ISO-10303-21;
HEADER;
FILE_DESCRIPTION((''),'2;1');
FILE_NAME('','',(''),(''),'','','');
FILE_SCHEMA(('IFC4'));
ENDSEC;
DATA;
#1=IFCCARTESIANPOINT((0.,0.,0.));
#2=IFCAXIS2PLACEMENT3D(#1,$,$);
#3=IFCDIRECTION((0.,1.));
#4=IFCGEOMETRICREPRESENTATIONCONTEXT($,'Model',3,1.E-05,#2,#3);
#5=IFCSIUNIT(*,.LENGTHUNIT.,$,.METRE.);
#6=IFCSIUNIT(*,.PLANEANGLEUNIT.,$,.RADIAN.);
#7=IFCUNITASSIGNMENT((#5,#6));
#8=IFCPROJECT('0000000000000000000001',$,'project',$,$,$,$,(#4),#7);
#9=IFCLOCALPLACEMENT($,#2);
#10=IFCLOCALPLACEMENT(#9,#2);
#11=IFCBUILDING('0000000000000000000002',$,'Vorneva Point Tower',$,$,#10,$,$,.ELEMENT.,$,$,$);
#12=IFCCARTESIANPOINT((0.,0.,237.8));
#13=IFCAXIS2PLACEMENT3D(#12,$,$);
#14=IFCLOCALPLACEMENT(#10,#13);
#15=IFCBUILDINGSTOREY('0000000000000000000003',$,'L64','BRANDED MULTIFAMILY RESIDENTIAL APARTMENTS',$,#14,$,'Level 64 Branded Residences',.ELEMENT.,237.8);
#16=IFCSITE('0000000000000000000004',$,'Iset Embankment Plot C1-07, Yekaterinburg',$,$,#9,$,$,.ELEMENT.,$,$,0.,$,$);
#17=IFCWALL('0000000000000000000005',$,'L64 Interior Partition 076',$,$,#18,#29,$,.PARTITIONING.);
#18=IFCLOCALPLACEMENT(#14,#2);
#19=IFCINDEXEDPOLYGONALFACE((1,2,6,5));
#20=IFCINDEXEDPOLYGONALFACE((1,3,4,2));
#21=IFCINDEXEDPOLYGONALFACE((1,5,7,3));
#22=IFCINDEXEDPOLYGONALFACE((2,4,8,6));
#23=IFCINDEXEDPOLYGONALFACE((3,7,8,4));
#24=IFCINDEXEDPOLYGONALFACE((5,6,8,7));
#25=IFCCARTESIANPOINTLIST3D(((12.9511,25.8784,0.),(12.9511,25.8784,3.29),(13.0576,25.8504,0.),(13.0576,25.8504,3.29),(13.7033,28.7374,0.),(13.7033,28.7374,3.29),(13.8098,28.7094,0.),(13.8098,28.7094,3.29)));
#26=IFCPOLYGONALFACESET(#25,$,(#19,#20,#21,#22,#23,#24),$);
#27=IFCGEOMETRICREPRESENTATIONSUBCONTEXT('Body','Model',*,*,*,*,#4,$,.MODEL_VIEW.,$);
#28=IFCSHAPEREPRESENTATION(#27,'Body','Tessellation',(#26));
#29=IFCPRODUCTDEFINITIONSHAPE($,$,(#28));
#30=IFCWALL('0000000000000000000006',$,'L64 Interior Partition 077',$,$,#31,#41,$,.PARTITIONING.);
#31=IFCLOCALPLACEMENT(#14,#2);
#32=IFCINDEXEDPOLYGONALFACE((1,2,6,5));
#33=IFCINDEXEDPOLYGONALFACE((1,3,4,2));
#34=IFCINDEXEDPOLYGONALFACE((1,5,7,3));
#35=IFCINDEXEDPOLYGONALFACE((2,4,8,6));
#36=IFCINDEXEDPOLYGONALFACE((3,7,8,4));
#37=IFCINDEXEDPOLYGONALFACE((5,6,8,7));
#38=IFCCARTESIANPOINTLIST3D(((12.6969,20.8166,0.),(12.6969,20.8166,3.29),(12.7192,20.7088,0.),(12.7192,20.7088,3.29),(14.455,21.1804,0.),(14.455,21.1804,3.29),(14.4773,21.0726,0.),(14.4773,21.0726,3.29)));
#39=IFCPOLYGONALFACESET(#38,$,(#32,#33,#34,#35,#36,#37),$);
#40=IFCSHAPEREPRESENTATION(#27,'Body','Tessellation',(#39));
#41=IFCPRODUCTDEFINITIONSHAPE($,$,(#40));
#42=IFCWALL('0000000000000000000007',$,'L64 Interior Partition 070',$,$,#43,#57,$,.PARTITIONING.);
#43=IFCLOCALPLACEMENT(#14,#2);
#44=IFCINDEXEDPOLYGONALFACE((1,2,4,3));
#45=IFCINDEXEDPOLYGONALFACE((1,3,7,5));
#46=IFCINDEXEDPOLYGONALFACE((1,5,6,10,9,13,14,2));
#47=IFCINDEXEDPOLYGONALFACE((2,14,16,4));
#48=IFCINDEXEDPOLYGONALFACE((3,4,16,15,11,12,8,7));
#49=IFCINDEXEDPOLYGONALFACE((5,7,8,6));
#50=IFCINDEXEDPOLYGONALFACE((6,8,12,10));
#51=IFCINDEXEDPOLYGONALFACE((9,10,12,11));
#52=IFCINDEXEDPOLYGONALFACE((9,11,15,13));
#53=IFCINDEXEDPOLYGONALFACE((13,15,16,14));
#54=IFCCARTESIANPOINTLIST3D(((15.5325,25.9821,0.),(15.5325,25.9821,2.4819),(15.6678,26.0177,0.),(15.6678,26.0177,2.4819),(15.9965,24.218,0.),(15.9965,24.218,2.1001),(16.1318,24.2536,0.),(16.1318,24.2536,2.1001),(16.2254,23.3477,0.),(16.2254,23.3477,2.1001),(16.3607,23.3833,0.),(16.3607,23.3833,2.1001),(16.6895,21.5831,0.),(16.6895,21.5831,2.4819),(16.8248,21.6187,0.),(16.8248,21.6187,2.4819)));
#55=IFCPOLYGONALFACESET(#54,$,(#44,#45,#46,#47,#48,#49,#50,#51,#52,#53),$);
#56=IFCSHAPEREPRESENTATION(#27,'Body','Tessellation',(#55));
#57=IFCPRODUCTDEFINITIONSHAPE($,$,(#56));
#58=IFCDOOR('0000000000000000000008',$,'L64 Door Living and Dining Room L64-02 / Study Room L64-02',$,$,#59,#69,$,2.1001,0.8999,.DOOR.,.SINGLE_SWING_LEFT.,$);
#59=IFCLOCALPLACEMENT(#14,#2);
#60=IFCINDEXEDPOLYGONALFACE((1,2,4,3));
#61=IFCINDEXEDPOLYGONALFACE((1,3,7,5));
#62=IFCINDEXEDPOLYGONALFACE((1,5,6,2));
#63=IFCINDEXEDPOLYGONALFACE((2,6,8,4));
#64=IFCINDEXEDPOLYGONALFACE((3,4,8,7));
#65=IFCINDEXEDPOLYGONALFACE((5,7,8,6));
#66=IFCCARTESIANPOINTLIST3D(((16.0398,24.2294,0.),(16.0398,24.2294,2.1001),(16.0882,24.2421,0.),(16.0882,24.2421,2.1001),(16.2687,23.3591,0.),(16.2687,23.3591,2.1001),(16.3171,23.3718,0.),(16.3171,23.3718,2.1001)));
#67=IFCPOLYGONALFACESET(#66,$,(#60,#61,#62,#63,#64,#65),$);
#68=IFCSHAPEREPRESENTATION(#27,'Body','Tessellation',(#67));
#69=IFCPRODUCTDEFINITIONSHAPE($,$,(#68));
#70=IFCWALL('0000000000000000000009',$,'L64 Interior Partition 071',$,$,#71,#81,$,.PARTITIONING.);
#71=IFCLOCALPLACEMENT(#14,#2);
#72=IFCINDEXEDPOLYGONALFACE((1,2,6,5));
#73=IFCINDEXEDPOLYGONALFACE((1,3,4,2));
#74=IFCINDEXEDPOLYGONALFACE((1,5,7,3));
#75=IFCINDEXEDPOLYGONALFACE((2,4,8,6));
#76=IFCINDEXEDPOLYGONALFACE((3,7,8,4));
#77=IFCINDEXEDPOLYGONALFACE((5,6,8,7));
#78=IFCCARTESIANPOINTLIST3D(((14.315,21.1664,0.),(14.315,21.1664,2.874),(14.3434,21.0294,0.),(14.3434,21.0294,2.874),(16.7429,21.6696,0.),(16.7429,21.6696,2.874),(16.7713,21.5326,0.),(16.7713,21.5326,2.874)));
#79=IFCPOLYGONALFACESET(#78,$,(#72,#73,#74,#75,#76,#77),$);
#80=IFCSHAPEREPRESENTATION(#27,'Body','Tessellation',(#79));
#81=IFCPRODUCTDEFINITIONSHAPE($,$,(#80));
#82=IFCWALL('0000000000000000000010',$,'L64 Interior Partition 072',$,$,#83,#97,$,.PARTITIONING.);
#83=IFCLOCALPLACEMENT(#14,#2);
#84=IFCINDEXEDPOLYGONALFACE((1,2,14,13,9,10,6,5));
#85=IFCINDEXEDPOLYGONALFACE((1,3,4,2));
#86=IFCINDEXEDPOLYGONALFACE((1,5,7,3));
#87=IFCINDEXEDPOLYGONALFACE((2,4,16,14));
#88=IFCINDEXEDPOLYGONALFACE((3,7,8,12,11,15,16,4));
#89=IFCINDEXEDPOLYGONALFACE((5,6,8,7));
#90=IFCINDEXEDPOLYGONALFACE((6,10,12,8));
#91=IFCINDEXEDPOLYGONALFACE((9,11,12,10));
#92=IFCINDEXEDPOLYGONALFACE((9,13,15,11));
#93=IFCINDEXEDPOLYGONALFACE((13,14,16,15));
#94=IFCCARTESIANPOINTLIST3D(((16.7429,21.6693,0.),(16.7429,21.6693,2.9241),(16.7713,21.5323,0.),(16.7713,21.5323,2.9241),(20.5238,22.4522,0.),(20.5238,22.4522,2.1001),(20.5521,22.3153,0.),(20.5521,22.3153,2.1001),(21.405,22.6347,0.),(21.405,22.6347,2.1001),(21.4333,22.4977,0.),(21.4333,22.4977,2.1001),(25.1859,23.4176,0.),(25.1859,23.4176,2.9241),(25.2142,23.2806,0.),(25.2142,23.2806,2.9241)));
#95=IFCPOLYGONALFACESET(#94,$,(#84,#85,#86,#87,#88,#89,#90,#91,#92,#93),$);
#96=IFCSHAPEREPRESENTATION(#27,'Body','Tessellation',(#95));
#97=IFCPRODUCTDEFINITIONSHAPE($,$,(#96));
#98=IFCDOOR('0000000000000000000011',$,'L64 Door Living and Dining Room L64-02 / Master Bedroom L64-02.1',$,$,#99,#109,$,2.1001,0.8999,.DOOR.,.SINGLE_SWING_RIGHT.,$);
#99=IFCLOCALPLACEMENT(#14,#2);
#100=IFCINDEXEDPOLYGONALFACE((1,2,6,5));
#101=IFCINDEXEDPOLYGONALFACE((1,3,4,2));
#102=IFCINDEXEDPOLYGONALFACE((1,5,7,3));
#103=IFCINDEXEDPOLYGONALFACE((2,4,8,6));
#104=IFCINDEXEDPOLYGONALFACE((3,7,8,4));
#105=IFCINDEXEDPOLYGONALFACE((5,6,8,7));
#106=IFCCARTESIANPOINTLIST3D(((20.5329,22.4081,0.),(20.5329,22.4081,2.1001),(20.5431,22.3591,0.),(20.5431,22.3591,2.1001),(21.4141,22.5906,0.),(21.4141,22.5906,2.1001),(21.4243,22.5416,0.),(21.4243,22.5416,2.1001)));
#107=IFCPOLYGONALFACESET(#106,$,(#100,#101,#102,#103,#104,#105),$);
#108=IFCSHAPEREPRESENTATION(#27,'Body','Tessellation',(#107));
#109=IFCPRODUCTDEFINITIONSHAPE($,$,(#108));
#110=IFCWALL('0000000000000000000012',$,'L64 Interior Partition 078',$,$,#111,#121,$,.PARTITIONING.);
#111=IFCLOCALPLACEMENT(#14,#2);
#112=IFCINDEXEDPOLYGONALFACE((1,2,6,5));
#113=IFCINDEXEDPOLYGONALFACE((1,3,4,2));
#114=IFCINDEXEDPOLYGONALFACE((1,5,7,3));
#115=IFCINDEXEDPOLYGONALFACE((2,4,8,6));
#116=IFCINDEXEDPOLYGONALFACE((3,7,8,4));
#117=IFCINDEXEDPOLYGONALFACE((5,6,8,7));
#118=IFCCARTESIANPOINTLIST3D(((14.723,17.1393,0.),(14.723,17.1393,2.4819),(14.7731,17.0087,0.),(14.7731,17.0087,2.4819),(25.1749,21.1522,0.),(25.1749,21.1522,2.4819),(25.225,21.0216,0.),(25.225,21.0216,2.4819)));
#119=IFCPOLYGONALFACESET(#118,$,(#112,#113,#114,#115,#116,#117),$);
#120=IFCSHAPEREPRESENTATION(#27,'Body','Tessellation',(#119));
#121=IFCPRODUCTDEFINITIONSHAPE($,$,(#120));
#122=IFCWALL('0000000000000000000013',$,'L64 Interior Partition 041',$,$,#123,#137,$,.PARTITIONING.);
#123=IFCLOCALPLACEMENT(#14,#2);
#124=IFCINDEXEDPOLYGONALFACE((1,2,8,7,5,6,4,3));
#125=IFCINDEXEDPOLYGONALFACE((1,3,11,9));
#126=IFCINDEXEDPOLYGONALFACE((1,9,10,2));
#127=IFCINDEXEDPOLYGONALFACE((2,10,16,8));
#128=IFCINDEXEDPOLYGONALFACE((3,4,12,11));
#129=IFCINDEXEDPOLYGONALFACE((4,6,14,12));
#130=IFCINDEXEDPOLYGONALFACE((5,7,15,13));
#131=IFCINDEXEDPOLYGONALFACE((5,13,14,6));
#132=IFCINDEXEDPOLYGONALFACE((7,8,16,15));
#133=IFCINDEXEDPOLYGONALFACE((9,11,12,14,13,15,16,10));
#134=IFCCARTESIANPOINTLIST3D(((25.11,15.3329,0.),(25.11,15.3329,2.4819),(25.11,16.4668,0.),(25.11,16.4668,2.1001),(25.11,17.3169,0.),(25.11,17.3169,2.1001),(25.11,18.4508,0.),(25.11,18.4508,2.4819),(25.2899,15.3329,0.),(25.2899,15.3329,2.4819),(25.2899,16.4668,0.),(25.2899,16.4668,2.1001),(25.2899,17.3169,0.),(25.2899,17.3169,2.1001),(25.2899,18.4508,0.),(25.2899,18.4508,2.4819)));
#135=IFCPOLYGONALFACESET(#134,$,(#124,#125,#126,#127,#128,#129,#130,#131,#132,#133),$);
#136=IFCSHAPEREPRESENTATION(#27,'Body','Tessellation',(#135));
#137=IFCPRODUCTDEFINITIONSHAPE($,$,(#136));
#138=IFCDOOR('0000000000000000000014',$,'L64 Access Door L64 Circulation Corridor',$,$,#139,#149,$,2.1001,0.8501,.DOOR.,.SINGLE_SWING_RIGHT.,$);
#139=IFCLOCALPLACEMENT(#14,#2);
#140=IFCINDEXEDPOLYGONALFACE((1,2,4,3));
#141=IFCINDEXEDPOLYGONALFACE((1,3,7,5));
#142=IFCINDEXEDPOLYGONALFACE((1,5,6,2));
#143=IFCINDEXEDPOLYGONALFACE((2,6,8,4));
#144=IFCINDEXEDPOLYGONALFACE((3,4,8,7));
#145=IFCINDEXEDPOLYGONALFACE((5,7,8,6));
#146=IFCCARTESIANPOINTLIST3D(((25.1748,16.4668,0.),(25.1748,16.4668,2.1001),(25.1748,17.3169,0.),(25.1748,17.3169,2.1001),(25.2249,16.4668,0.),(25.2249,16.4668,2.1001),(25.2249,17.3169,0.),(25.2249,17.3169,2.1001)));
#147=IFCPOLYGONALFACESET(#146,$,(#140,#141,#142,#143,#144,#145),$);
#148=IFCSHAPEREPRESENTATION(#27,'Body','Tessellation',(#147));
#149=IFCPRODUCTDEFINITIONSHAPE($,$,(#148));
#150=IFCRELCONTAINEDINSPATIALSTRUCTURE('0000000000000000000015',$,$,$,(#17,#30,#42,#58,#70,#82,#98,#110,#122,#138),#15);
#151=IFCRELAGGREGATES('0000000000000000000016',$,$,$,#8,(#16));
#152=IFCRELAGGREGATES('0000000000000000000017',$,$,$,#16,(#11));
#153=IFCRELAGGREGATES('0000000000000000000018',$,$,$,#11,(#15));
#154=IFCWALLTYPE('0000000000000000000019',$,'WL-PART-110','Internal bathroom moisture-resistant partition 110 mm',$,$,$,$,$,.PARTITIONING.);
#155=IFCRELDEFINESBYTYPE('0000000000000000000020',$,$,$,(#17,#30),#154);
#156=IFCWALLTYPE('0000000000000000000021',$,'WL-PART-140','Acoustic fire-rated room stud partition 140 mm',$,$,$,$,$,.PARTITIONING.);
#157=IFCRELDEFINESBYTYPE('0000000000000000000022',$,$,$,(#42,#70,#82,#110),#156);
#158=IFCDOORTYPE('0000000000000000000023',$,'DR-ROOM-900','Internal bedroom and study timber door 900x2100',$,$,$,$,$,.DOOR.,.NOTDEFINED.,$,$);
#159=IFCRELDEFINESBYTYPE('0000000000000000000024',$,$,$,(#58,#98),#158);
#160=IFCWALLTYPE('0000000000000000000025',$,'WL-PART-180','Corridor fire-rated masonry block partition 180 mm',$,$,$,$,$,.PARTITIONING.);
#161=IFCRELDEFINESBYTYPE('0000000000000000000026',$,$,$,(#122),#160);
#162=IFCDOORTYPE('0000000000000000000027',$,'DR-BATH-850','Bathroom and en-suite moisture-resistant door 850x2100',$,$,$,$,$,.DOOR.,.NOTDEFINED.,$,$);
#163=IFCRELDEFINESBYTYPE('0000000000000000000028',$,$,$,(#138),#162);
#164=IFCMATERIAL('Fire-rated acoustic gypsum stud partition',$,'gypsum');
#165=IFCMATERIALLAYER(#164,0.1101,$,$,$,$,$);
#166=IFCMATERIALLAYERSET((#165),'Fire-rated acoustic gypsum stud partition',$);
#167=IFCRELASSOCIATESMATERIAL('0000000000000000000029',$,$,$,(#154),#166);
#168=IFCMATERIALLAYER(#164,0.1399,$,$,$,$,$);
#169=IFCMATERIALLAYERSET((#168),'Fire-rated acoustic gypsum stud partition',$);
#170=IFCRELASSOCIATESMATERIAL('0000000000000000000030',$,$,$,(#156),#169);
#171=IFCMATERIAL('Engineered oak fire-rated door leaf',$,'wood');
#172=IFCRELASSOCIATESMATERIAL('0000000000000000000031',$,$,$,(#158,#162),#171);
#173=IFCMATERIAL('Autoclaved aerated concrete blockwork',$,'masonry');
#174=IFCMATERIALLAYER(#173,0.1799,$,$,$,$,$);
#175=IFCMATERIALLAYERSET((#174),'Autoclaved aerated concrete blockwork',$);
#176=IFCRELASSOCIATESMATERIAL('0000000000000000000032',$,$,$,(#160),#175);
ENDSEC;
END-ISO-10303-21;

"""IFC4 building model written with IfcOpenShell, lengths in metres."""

from ifc_helpers import new_model, si_unit, direction, frame, frame_2d, origin, place, context, subcontext, project, spatial, rectangle, extrude, material, layer, layer_set, type_object, element, fill, save


model = new_model("IFC4")

# Units and contexts
model_context = context("Model", 3, precision=1e-05, world=origin(), true_north=direction((0.0, 1.0)))
body_context = subcontext(model_context, "Body", "Model", "MODEL_VIEW")
ifc_project = project(units=[si_unit("LENGTHUNIT", "METRE"), si_unit("PLANEANGLEUNIT", "RADIAN")], contexts=[model_context])

# Site, building, storey
site_placement = place(None, origin())
site = spatial("IfcSite", under=ifc_project, at=site_placement, Name="Iset Embankment Plot C1-07, Yekaterinburg", CompositionType="ELEMENT", RefElevation=0.0)
building_placement = place(site_placement, origin())
building = spatial("IfcBuilding", under=site, at=building_placement, Name="Vorneva Point Tower", CompositionType="ELEMENT")
storey_placement = place(building_placement, frame((0.0, 0.0, 237.8)))
storey = spatial("IfcBuildingStorey", under=building, at=storey_placement, Name="L64", Description="BRANDED MULTIFAMILY RESIDENTIAL APARTMENTS", LongName="Level 64 Branded Residences", CompositionType="ELEMENT", Elevation=237.8)

# Walls
ifc_material_1 = material(Name="Fire-rated acoustic gypsum stud partition", Category="gypsum")
ifc_layer_1 = layer(ifc_material_1, 0.1101)
ifc_layer_set_1 = layer_set([ifc_layer_1], Name="Fire-rated acoustic gypsum stud partition")
wall_type_1 = type_object("IfcWallType", Name="WL-PART-110", Description="Internal bathroom moisture-resistant partition 110 mm", PredefinedType="PARTITIONING", material=ifc_layer_set_1)
wall_1_placement = place(storey_placement, frame((13.0044, 25.8645, 0.0), z_axis=(0.0, 0.0, 1.0), x_axis=(0.254449, 0.967086, 0.0)))
element("IfcWall", 1, at=wall_1_placement, inside=storey, type_object=wall_type_1, Name="L64 Interior Partition 076", PredefinedType="PARTITIONING", context=body_context, shape_type="SweptSolid", body=[
    extrude(rectangle(XDim=2.9563, YDim=0.1101, at=frame_2d((1.478, 0.0))), origin(), (0.0, 0.0, 1.0), 3.29),
])
wall_2_placement = place(storey_placement, frame((12.708, 20.7627, 0.0), z_axis=(0.0, 0.0, 1.0), x_axis=(0.979257, 0.202624, 0.0)))
element("IfcWall", 2, at=wall_2_placement, inside=storey, type_object=wall_type_1, Name="L64 Interior Partition 077", PredefinedType="PARTITIONING", context=body_context, shape_type="SweptSolid", body=[
    extrude(rectangle(XDim=1.7954, YDim=0.1101, at=frame_2d((0.8977, 0.0))), origin(), (0.0, 0.0, 1.0), 3.29),
])

# Wall, opening, door
ifc_layer_2 = layer(ifc_material_1, 0.1399)
ifc_layer_set_2 = layer_set([ifc_layer_2], Name="Fire-rated acoustic gypsum stud partition")
wall_type_2 = type_object("IfcWallType", Name="WL-PART-140", Description="Acoustic fire-rated room stud partition 140 mm", PredefinedType="PARTITIONING", material=ifc_layer_set_2)
wall_3_placement = place(storey_placement, frame((15.6001, 26.0, 0.0), z_axis=(0.0, 0.0, 1.0), x_axis=(0.254364, -0.967109, 0.0)))
wall_3 = element("IfcWall", 3, at=wall_3_placement, inside=storey, type_object=wall_type_2, Name="L64 Interior Partition 070", PredefinedType="PARTITIONING", context=body_context, shape_type="SweptSolid", body=[
    extrude(rectangle(XDim=4.5486, YDim=0.1399, at=frame_2d((2.2744, 0.0))), origin(), (0.0, 0.0, 1.0), 2.4819),
])
opening_1_placement = place(wall_3_placement, frame((1.8242, 0.0, 0.0)))
opening_1 = element("IfcOpeningElement", 4, at=opening_1_placement, cuts=wall_3, PredefinedType="OPENING", context=body_context, shape_type="SweptSolid", body=[
    extrude(rectangle(XDim=0.8999, YDim=2.1001, at=frame_2d((0.45, 1.05))), frame((0.0, 0.085, 0.0), z_axis=(0.0, -1.0, 0.0), x_axis=(1.0, 0.0, 0.0)), (0.0, 0.0, 1.0), 0.1697),
])
ifc_material_2 = material(Name="Engineered oak fire-rated door leaf", Category="wood")
door_type_1 = type_object("IfcDoorType", Name="DR-ROOM-900", Description="Internal bedroom and study timber door 900x2100", OperationType="NOTDEFINED", PredefinedType="DOOR", material=ifc_material_2)
door_1_placement = place(opening_1_placement, origin())
door_1 = element("IfcDoor", 5, at=door_1_placement, inside=storey, type_object=door_type_1, Name="L64 Door Living and Dining Room L64-02 / Study Room L64-02", OperationType="SINGLE_SWING_LEFT", OverallHeight=2.1001, OverallWidth=0.8999, PredefinedType="DOOR", context=body_context, shape_type="SweptSolid", body=[
    extrude(rectangle(XDim=0.8999, YDim=2.1001, at=frame_2d((0.45, 1.05))), frame((0.0, 0.0249, 0.0), z_axis=(0.0, -1.0, 0.0), x_axis=(1.0, 0.0, 0.0)), (0.0, 0.0, 1.0), 0.05),
])
fill(opening_1, door_1)

# Wall
wall_4_placement = place(storey_placement, frame((16.7571, 21.6011, 0.0), z_axis=(0.0, 0.0, 1.0), x_axis=(-0.979194, -0.202928, 0.0)))
element("IfcWall", 6, at=wall_4_placement, inside=storey, type_object=wall_type_2, Name="L64 Interior Partition 071", PredefinedType="PARTITIONING", context=body_context, shape_type="SweptSolid", body=[
    extrude(rectangle(XDim=2.4795, YDim=0.1399, at=frame_2d((1.2397, 0.0))), origin(), (0.0, 0.0, 1.0), 2.874),
])

# Wall, opening, door
wall_5_placement = place(storey_placement, frame((16.7571, 21.6008, 0.0), z_axis=(0.0, 0.0, 1.0), x_axis=(0.979226, 0.202771, 0.0)))
wall_5 = element("IfcWall", 7, at=wall_5_placement, inside=storey, type_object=wall_type_2, Name="L64 Interior Partition 072", PredefinedType="PARTITIONING", context=body_context, shape_type="SweptSolid", body=[
    extrude(rectangle(XDim=8.6221, YDim=0.1399, at=frame_2d((4.311, 0.0))), origin(), (0.0, 0.0, 1.0), 2.9241),
])
opening_2_placement = place(wall_5_placement, frame((3.8611, 0.0, 0.0)))
opening_2 = element("IfcOpeningElement", 8, at=opening_2_placement, cuts=wall_5, PredefinedType="OPENING", context=body_context, shape_type="SweptSolid", body=[
    extrude(rectangle(XDim=0.8999, YDim=2.1001, at=frame_2d((0.45, 1.05))), frame((0.0, 0.085, 0.0), z_axis=(0.0, -1.0, 0.0), x_axis=(1.0, 0.0, 0.0)), (0.0, 0.0, 1.0), 0.1697),
])
door_2_placement = place(opening_2_placement, origin())
door_2 = element("IfcDoor", 9, at=door_2_placement, inside=storey, type_object=door_type_1, Name="L64 Door Living and Dining Room L64-02 / Master Bedroom L64-02.1", OperationType="SINGLE_SWING_RIGHT", OverallHeight=2.1001, OverallWidth=0.8999, PredefinedType="DOOR", context=body_context, shape_type="SweptSolid", body=[
    extrude(rectangle(XDim=0.8999, YDim=2.1001, at=frame_2d((0.45, 1.05))), frame((0.0, 0.0249, 0.0), z_axis=(0.0, -1.0, 0.0), x_axis=(1.0, 0.0, 0.0)), (0.0, 0.0, 1.0), 0.05),
])
fill(opening_2, door_2)

# Wall
wall_6_placement = place(storey_placement, frame((14.748, 17.074, 0.0), z_axis=(0.0, 0.0, 1.0), x_axis=(0.933556, 0.358433, 0.0)))
element("IfcWall", 10, at=wall_6_placement, inside=storey, type_object=wall_type_2, Name="L64 Interior Partition 078", PredefinedType="PARTITIONING", context=body_context, shape_type="SweptSolid", body=[
    extrude(rectangle(XDim=11.1958, YDim=0.1399, at=frame_2d((5.5979, 0.0))), origin(), (0.0, 0.0, 1.0), 2.4819),
])

# Wall, opening, door
ifc_material_3 = material(Name="Autoclaved aerated concrete blockwork", Category="masonry")
ifc_layer_3 = layer(ifc_material_3, 0.1799)
ifc_layer_set_3 = layer_set([ifc_layer_3], Name="Autoclaved aerated concrete blockwork")
wall_type_3 = type_object("IfcWallType", Name="WL-PART-180", Description="Corridor fire-rated masonry block partition 180 mm", PredefinedType="PARTITIONING", material=ifc_layer_set_3)
wall_7_placement = place(storey_placement, frame((25.2, 18.4509, 0.0), z_axis=(0.0, 0.0, 1.0), x_axis=(0.0, -1.0, 0.0)))
wall_7 = element("IfcWall", 11, at=wall_7_placement, inside=storey, type_object=wall_type_3, Name="L64 Interior Partition 041", PredefinedType="PARTITIONING", context=body_context, shape_type="SweptSolid", body=[
    extrude(rectangle(XDim=3.1179, YDim=0.1799, at=frame_2d((1.5591, 0.0))), origin(), (0.0, 0.0, 1.0), 2.4819),
])
opening_3_placement = place(wall_7_placement, frame((1.134, 0.0, 0.0)))
opening_3 = element("IfcOpeningElement", 12, at=opening_3_placement, cuts=wall_7, PredefinedType="OPENING", context=body_context, shape_type="SweptSolid", body=[
    extrude(rectangle(XDim=0.8501, YDim=2.1001, at=frame_2d((0.425, 1.05))), frame((0.0, 0.105, 0.0), z_axis=(0.0, -1.0, 0.0), x_axis=(1.0, 0.0, 0.0)), (0.0, 0.0, 1.0), 0.2097),
])
door_type_2 = type_object("IfcDoorType", Name="DR-BATH-850", Description="Bathroom and en-suite moisture-resistant door 850x2100", OperationType="NOTDEFINED", PredefinedType="DOOR", material=ifc_material_2)
door_3_placement = place(opening_3_placement, origin())
door_3 = element("IfcDoor", 13, at=door_3_placement, inside=storey, type_object=door_type_2, Name="L64 Access Door L64 Circulation Corridor", OperationType="SINGLE_SWING_RIGHT", OverallHeight=2.1001, OverallWidth=0.8501, PredefinedType="DOOR", context=body_context, shape_type="SweptSolid", body=[
    extrude(rectangle(XDim=0.8501, YDim=2.1001, at=frame_2d((0.425, 1.05))), frame((0.0, 0.0249, 0.0), z_axis=(0.0, -1.0, 0.0), x_axis=(1.0, 0.0, 0.0)), (0.0, 0.0, 1.0), 0.05),
])
fill(opening_3, door_3)

save(model, "model.ifc")
